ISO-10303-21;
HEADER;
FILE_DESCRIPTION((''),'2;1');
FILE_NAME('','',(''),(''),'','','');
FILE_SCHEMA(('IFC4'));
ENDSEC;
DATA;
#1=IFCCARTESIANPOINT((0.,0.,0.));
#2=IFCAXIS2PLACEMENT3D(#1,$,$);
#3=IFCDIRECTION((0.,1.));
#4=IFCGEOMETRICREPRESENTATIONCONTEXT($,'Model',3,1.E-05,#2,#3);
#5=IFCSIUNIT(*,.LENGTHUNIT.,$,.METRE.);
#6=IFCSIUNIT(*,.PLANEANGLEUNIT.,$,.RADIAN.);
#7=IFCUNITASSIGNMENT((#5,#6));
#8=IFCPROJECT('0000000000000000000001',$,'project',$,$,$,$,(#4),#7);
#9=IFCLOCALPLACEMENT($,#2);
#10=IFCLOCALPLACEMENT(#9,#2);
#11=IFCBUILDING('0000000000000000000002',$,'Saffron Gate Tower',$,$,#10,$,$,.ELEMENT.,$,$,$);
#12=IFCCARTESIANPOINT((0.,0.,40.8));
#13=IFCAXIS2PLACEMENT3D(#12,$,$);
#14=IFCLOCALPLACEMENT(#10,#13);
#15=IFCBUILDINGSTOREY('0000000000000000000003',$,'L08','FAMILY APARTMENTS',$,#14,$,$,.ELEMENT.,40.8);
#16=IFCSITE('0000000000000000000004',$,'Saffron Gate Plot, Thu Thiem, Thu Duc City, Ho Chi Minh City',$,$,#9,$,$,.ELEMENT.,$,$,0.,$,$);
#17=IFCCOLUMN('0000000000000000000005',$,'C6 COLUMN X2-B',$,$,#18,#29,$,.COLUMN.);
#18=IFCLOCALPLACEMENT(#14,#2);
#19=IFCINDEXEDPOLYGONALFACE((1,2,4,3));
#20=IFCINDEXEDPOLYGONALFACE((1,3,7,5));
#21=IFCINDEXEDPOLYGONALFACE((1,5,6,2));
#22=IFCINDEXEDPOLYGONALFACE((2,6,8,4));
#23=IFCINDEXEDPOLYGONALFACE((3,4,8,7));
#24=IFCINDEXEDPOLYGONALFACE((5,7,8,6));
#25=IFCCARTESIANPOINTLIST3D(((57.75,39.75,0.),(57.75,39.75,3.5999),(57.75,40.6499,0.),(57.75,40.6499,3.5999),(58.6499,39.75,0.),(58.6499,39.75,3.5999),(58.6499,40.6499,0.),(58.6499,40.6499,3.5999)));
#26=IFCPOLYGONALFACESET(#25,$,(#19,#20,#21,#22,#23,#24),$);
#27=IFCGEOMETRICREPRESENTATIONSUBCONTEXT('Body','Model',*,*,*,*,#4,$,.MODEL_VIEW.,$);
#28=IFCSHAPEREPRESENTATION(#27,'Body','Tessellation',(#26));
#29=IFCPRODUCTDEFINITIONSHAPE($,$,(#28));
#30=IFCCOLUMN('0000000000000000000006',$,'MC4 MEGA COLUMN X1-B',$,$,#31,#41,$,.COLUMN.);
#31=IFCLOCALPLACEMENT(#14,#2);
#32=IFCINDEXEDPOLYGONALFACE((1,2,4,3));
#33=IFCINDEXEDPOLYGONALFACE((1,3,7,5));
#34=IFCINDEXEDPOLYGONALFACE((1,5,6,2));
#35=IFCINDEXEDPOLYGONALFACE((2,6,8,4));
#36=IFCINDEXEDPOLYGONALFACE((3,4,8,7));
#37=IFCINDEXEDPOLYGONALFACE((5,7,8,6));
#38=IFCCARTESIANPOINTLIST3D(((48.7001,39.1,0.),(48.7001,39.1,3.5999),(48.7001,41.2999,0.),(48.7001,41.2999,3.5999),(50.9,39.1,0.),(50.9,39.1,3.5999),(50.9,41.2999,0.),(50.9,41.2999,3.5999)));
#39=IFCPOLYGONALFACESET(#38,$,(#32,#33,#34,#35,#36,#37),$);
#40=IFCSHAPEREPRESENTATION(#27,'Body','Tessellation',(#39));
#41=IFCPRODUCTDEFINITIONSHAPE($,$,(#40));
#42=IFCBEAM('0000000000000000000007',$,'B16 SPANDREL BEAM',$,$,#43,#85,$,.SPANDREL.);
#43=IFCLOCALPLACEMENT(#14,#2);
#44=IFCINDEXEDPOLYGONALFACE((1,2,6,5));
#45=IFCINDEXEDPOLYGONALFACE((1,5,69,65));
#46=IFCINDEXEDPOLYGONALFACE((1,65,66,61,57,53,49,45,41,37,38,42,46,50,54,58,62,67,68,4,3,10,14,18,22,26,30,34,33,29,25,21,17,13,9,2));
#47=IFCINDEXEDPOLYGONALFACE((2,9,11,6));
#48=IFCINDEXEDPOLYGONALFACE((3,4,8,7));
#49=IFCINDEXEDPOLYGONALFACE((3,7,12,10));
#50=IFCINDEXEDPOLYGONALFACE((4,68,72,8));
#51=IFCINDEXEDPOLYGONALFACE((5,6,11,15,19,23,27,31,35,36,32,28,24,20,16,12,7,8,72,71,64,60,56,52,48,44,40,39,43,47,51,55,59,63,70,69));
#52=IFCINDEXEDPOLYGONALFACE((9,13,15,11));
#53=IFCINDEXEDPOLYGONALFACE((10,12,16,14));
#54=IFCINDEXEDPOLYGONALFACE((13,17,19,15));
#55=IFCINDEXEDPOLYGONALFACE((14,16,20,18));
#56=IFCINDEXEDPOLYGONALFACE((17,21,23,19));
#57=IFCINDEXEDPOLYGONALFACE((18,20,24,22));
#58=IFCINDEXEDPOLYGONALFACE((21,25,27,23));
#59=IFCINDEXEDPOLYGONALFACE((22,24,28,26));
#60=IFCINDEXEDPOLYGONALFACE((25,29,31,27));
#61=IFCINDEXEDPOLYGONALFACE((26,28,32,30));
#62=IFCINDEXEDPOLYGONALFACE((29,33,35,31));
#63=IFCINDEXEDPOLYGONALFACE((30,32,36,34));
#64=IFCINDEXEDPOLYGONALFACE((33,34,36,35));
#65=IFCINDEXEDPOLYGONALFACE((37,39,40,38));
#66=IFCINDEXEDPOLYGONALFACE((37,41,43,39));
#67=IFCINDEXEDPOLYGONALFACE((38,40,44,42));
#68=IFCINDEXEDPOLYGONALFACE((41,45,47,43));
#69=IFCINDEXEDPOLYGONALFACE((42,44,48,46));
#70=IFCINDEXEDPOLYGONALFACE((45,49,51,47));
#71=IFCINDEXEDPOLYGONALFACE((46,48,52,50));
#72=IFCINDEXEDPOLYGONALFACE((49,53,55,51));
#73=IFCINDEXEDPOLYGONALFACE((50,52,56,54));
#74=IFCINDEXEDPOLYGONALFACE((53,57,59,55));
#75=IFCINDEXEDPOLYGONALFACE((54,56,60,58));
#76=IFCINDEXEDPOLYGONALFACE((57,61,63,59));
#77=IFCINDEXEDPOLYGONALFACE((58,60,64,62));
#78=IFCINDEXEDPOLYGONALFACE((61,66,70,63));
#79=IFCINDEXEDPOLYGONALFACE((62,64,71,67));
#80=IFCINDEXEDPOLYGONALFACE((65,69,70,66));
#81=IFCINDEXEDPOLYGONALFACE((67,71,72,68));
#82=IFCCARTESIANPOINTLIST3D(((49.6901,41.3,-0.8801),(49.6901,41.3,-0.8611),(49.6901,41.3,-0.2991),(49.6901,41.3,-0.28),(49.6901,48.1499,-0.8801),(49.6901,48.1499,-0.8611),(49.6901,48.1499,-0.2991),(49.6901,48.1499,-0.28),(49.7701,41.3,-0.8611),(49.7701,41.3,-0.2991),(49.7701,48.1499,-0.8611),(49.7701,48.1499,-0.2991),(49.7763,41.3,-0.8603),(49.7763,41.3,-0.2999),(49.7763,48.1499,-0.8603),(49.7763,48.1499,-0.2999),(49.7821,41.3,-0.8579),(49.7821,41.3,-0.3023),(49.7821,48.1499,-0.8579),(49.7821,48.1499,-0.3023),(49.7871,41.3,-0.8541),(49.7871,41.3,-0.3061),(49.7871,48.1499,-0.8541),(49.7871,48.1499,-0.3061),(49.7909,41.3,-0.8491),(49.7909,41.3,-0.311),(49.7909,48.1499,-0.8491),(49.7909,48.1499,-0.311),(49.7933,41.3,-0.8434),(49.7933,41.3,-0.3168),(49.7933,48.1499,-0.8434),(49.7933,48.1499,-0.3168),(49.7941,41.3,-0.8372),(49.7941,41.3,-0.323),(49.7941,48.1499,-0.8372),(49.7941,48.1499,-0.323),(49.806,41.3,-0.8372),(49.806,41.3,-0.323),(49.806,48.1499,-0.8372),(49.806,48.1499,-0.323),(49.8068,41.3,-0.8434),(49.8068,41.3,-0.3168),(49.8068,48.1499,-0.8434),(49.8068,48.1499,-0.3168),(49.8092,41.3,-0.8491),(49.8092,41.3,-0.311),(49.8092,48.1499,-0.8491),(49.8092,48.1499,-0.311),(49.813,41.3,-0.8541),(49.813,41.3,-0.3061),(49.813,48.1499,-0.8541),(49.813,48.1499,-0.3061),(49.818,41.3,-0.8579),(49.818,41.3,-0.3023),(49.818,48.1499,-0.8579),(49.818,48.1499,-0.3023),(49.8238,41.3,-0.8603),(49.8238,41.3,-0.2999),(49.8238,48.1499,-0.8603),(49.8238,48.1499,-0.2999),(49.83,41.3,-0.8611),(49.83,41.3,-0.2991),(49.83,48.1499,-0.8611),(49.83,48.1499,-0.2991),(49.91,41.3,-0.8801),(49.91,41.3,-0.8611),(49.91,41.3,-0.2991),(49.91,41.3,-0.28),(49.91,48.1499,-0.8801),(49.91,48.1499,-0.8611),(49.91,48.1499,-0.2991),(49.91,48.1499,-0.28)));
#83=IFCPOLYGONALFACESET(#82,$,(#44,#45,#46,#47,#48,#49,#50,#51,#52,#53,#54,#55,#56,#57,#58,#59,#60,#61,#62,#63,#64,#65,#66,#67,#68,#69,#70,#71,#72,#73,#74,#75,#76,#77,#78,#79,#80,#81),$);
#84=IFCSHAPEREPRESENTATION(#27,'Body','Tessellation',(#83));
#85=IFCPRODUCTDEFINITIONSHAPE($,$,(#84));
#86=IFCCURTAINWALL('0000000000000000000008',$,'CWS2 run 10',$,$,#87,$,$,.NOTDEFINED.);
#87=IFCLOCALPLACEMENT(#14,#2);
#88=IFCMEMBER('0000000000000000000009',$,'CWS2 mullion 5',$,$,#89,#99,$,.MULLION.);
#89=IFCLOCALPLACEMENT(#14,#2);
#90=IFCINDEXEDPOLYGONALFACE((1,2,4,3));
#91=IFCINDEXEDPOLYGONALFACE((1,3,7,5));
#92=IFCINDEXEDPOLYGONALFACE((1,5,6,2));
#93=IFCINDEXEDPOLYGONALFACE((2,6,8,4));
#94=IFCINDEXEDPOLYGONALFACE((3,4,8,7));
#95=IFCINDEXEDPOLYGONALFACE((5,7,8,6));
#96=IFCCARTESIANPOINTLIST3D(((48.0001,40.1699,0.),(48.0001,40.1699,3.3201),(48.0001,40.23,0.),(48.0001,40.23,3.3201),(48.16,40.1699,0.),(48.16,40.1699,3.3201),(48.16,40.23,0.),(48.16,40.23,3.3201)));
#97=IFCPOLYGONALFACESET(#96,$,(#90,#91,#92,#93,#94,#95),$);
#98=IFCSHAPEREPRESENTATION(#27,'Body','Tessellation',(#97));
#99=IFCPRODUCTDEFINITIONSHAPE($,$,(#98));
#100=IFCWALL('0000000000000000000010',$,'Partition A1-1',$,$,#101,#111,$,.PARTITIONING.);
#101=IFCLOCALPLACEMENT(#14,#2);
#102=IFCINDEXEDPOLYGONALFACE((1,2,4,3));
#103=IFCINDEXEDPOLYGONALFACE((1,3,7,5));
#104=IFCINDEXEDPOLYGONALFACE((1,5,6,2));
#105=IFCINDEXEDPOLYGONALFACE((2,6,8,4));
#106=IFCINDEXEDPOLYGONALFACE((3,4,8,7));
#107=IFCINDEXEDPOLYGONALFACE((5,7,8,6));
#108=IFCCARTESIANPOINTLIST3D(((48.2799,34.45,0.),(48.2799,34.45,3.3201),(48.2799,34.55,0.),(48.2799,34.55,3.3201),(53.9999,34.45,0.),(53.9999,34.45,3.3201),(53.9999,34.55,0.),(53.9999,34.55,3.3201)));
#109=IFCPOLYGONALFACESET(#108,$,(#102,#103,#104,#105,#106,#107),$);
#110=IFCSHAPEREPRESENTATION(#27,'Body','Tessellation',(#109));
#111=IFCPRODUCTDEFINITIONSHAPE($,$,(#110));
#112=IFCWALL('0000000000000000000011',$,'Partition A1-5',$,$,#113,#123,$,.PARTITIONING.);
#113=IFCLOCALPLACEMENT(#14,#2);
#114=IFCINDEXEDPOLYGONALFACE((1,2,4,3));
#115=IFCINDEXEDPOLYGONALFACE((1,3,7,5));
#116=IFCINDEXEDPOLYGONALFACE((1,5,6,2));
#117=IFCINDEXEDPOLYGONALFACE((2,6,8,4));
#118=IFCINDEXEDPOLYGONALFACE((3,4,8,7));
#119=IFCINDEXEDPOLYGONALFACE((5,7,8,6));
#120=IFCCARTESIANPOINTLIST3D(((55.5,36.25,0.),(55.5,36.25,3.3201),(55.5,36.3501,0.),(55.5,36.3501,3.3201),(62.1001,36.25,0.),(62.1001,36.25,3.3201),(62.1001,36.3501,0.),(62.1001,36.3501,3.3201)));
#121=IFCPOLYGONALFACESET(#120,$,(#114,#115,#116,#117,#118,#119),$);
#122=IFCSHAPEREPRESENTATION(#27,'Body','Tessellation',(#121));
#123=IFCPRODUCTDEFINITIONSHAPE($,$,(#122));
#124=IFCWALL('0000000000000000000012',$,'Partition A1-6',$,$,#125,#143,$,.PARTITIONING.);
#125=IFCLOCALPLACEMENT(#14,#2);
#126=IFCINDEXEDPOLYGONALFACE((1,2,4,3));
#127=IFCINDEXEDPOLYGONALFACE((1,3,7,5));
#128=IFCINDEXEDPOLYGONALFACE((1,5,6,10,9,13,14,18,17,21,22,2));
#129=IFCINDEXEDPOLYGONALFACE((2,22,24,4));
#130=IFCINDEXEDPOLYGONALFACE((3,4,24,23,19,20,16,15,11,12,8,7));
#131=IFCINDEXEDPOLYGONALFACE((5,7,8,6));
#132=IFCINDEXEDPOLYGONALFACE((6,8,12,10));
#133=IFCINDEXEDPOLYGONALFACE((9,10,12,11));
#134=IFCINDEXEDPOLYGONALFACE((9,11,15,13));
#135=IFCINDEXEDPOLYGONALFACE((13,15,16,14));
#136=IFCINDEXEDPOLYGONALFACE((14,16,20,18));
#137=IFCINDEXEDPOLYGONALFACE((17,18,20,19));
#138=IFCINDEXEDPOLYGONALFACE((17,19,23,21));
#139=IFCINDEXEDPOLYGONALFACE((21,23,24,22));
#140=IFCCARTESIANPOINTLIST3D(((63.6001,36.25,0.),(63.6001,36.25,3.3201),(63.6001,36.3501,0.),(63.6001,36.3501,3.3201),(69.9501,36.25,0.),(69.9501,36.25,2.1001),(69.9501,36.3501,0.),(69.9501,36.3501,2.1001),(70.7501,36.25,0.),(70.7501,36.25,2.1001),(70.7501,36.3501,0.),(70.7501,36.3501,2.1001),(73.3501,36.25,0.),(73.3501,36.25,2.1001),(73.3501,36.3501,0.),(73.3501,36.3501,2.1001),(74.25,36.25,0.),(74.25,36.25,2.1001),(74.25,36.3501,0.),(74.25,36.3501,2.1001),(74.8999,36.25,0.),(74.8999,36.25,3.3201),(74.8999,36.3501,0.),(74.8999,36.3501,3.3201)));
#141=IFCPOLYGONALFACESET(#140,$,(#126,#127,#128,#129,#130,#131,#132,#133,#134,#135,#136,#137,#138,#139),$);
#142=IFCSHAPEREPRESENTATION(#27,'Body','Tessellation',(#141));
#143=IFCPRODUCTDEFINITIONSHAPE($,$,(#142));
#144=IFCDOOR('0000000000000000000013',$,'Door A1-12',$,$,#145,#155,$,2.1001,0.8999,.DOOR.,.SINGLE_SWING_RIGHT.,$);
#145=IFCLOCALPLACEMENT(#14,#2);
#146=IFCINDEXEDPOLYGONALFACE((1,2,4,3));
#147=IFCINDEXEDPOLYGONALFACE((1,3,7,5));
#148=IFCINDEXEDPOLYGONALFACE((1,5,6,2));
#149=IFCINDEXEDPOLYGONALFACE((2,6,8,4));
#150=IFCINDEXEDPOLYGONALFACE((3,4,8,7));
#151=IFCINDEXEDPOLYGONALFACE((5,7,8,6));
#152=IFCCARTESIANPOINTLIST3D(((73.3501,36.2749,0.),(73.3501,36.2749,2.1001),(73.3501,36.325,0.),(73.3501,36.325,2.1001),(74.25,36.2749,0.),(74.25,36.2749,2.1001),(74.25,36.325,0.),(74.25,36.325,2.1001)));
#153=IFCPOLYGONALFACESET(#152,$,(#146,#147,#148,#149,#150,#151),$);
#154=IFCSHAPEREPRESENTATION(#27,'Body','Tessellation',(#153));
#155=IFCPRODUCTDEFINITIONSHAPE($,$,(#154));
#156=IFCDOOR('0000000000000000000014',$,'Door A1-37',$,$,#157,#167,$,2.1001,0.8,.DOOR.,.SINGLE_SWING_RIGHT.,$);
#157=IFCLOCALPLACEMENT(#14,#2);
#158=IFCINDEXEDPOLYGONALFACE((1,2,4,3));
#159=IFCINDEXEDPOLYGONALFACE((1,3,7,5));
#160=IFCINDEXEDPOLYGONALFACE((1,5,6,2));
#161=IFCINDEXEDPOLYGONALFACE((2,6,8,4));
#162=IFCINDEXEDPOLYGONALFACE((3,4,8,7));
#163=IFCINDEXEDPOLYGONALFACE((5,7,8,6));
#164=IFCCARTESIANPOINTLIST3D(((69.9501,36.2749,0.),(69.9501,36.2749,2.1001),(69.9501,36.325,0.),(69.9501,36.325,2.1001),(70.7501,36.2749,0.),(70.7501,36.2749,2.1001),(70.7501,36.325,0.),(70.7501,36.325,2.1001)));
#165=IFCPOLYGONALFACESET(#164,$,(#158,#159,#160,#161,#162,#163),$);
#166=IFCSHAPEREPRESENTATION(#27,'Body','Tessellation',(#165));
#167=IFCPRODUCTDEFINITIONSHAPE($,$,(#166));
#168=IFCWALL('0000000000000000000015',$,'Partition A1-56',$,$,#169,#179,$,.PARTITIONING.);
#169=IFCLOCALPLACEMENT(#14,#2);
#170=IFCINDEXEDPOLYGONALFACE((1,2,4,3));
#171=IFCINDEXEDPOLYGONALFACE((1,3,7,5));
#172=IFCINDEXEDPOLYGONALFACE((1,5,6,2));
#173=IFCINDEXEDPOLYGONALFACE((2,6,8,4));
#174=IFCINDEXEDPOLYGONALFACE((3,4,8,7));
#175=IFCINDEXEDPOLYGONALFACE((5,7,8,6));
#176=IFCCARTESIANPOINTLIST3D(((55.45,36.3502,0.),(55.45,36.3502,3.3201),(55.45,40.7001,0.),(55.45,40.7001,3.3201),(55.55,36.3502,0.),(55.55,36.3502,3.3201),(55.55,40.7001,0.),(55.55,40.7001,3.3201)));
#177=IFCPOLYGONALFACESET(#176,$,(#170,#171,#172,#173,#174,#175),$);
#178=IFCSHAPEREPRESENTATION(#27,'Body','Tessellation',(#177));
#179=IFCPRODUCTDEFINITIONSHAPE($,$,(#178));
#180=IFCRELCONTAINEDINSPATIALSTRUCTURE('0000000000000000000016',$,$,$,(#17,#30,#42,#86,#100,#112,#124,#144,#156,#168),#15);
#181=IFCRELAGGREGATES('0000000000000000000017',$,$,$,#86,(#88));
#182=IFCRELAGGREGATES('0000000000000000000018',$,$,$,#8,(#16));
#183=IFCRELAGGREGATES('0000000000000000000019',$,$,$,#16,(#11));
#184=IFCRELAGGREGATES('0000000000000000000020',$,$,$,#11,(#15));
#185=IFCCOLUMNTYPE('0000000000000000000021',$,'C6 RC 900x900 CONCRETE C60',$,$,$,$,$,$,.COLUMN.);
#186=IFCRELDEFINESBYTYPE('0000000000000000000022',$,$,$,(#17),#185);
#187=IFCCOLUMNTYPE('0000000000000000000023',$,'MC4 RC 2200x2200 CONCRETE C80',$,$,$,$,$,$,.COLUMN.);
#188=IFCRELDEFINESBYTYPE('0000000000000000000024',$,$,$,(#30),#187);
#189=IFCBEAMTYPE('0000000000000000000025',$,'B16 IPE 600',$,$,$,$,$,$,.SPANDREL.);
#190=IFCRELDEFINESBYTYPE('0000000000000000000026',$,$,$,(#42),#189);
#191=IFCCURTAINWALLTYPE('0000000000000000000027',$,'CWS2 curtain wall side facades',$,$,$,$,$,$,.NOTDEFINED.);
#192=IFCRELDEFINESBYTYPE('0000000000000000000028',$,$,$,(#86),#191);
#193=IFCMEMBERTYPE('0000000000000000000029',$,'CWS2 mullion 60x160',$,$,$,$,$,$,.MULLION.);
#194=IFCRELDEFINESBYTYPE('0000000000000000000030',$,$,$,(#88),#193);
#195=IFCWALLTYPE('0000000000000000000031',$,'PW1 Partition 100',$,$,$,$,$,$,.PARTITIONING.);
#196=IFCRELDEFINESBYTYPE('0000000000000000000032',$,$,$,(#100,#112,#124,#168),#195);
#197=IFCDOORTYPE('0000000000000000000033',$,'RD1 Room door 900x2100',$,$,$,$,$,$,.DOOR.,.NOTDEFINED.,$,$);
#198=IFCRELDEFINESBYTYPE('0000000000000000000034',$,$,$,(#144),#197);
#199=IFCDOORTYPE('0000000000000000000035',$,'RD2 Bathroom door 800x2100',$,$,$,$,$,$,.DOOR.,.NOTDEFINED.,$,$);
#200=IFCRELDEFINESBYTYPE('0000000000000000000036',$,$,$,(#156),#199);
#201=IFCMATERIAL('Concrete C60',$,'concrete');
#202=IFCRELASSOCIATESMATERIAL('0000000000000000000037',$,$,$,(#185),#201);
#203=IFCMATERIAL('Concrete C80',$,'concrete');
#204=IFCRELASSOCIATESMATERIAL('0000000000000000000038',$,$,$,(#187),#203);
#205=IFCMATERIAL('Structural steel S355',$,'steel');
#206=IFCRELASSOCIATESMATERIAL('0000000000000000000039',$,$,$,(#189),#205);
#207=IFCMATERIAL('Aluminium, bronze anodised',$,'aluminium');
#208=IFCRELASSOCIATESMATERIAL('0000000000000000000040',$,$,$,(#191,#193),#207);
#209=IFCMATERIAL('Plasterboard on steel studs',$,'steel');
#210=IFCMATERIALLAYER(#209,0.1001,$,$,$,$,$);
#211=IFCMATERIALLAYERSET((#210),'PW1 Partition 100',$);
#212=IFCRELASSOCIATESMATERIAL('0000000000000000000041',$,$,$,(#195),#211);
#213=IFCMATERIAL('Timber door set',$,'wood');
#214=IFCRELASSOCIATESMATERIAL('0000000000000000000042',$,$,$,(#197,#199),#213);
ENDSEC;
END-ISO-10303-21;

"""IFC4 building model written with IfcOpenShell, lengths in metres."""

from ifc_helpers import new_model, si_unit, direction, frame, frame_2d, origin, origin_2d, place, context, subcontext, project, spatial, rectangle, i_section, extrude, material, layer, layer_set, material_profile, profile_set, type_object, element, fill, aggregate, save


model = new_model("IFC4")

# Units and contexts
model_context = context("Model", 3, precision=1e-05, world=origin(), true_north=direction((0.0, 1.0)))
body_context = subcontext(model_context, "Body", "Model", "MODEL_VIEW")
ifc_project = project(units=[si_unit("LENGTHUNIT", "METRE"), si_unit("PLANEANGLEUNIT", "RADIAN")], contexts=[model_context])

# Site, building, storey
site_placement = place(None, origin())
site = spatial("IfcSite", under=ifc_project, at=site_placement, Name="Saffron Gate Plot, Thu Thiem, Thu Duc City, Ho Chi Minh City", CompositionType="ELEMENT", RefElevation=0.0)
building_placement = place(site_placement, origin())
building = spatial("IfcBuilding", under=site, at=building_placement, Name="Saffron Gate Tower", CompositionType="ELEMENT")
storey_placement = place(building_placement, frame((0.0, 0.0, 40.8)))
storey = spatial("IfcBuildingStorey", under=building, at=storey_placement, Name="L08", Description="FAMILY APARTMENTS", CompositionType="ELEMENT", Elevation=40.8)

# Columns
ifc_material_1 = material(Name="Concrete C60", Category="concrete")
ifc_material_profile_1 = material_profile(ifc_material_1, rectangle(XDim=0.8999, YDim=0.8999, at=origin_2d()))
ifc_profile_set_1 = profile_set([ifc_material_profile_1], Name="Concrete C60")
column_type_1 = type_object("IfcColumnType", Name="C6 RC 900x900 CONCRETE C60", PredefinedType="COLUMN", material=ifc_profile_set_1)
column_1_placement = place(storey_placement, frame((58.2, 40.2, 0.0), z_axis=(0.0, 0.0, 1.0), x_axis=(1.0, 0.0, 0.0)))
element("IfcColumn", 1, at=column_1_placement, inside=storey, type_object=column_type_1, Name="C6 COLUMN X2-B", PredefinedType="COLUMN", context=body_context, shape_type="SweptSolid", body=[
    extrude(rectangle(XDim=0.8999, YDim=0.8999, at=origin_2d()), origin(), (0.0, 0.0, 1.0), 3.5999),
])
ifc_material_2 = material(Name="Concrete C80", Category="concrete")
ifc_material_profile_2 = material_profile(ifc_material_2, rectangle(XDim=2.2, YDim=2.2, at=origin_2d()))
ifc_profile_set_2 = profile_set([ifc_material_profile_2], Name="Concrete C80")
column_type_2 = type_object("IfcColumnType", Name="MC4 RC 2200x2200 CONCRETE C80", PredefinedType="COLUMN", material=ifc_profile_set_2)
column_2_placement = place(storey_placement, frame((49.8, 40.2, 0.0), z_axis=(0.0, 0.0, 1.0), x_axis=(1.0, 0.0, 0.0)))
element("IfcColumn", 2, at=column_2_placement, inside=storey, type_object=column_type_2, Name="MC4 MEGA COLUMN X1-B", PredefinedType="COLUMN", context=body_context, shape_type="SweptSolid", body=[
    extrude(rectangle(XDim=2.2, YDim=2.2, at=origin_2d()), origin(), (0.0, 0.0, 1.0), 3.5999),
])

# Beam
ifc_material_3 = material(Name="Structural steel S355", Category="steel")
ifc_material_profile_3 = material_profile(ifc_material_3, i_section(OverallWidth=0.22, OverallDepth=0.6001, WebThickness=0.012, FlangeThickness=0.019, FilletRadius=0.0239, at=origin_2d()))
ifc_profile_set_3 = profile_set([ifc_material_profile_3], Name="Structural steel S355")
beam_type = type_object("IfcBeamType", Name="B16 IPE 600", PredefinedType="SPANDREL", material=ifc_profile_set_3)
beam_placement = place(storey_placement, frame((49.8, 41.3, -0.5801), z_axis=(0.0, 1.0, 0.0), x_axis=(-1.0, 0.0, 0.0)))
element("IfcBeam", 3, at=beam_placement, inside=storey, type_object=beam_type, Name="B16 SPANDREL BEAM", PredefinedType="SPANDREL", context=body_context, shape_type="SweptSolid", body=[
    extrude(i_section(OverallWidth=0.22, OverallDepth=0.6001, WebThickness=0.012, FlangeThickness=0.019, FilletRadius=0.0239, at=origin_2d()), origin(), (0.0, 0.0, 1.0), 6.8499),
])

# Curtain wall, member
ifc_material_4 = material(Name="Aluminium, bronze anodised", Category="aluminium")
curtain_wall_type = type_object("IfcCurtainWallType", Name="CWS2 curtain wall side facades", PredefinedType="NOTDEFINED", material=ifc_material_4)
curtain_wall_placement = place(storey_placement, origin())
curtain_wall = element("IfcCurtainWall", 4, at=curtain_wall_placement, inside=storey, type_object=curtain_wall_type, Name="CWS2 run 10", PredefinedType="NOTDEFINED")
ifc_material_profile_4 = material_profile(ifc_material_4, rectangle(XDim=0.1599, YDim=0.0601, at=origin_2d()))
ifc_profile_set_4 = profile_set([ifc_material_profile_4], Name="Aluminium, bronze anodised")
member_type = type_object("IfcMemberType", Name="CWS2 mullion 60x160", PredefinedType="MULLION", material=ifc_profile_set_4)
member_placement = place(storey_placement, frame((48.0801, 40.2, 0.0), z_axis=(0.0, 0.0, 1.0), x_axis=(1.0, 0.0, 0.0)))
member = element("IfcMember", 5, at=member_placement, type_object=member_type, Name="CWS2 mullion 5", PredefinedType="MULLION", context=body_context, shape_type="SweptSolid", body=[
    extrude(rectangle(XDim=0.1599, YDim=0.0601, at=origin_2d()), origin(), (0.0, 0.0, 1.0), 3.3201),
])
aggregate(curtain_wall, [member])

# Walls
ifc_material_5 = material(Name="Plasterboard on steel studs", Category="steel")
ifc_layer_1 = layer(ifc_material_5, 0.1001)
ifc_layer_set_1 = layer_set([ifc_layer_1], Name="PW1 Partition 100")
wall_type_1 = type_object("IfcWallType", Name="PW1 Partition 100", PredefinedType="PARTITIONING", material=ifc_layer_set_1)
wall_1_placement = place(storey_placement, frame((48.28, 34.5, 0.0), z_axis=(0.0, 0.0, 1.0), x_axis=(1.0, 0.0, 0.0)))
element("IfcWall", 6, at=wall_1_placement, inside=storey, type_object=wall_type_1, Name="Partition A1-1", PredefinedType="PARTITIONING", context=body_context, shape_type="SweptSolid", body=[
    extrude(rectangle(XDim=5.72, YDim=0.1001, at=frame_2d((2.8599, 0.0))), origin(), (0.0, 0.0, 1.0), 3.3201),
])
wall_2_placement = place(storey_placement, frame((55.5, 36.3, 0.0), z_axis=(0.0, 0.0, 1.0), x_axis=(1.0, 0.0, 0.0)))
element("IfcWall", 7, at=wall_2_placement, inside=storey, type_object=wall_type_1, Name="Partition A1-5", PredefinedType="PARTITIONING", context=body_context, shape_type="SweptSolid", body=[
    extrude(rectangle(XDim=6.6001, YDim=0.1001, at=frame_2d((3.3, 0.0))), origin(), (0.0, 0.0, 1.0), 3.3201),
])

# Wall, openings, doors
wall_3_placement = place(storey_placement, frame((63.6001, 36.3, 0.0), z_axis=(0.0, 0.0, 1.0), x_axis=(1.0, 0.0, 0.0)))
wall_3 = element("IfcWall", 8, at=wall_3_placement, inside=storey, type_object=wall_type_1, Name="Partition A1-6", PredefinedType="PARTITIONING", context=body_context, shape_type="SweptSolid", body=[
    extrude(rectangle(XDim=11.2998, YDim=0.1001, at=frame_2d((5.6499, 0.0))), origin(), (0.0, 0.0, 1.0), 3.3201),
])
opening_1_placement = place(wall_3_placement, frame((6.3501, 0.0, 0.0)))
opening_1 = element("IfcOpeningElement", 9, at=opening_1_placement, cuts=wall_3, PredefinedType="OPENING", context=body_context, shape_type="SweptSolid", body=[
    extrude(rectangle(XDim=0.8, YDim=2.1001, at=frame_2d((0.3999, 1.05))), frame((0.0, 0.0601, 0.0), z_axis=(0.0, -1.0, 0.0), x_axis=(1.0, 0.0, 0.0)), (0.0, 0.0, 1.0), 0.1201),
])
opening_2_placement = place(wall_3_placement, frame((9.75, 0.0, 0.0)))
opening_2 = element("IfcOpeningElement", 10, at=opening_2_placement, cuts=wall_3, PredefinedType="OPENING", context=body_context, shape_type="SweptSolid", body=[
    extrude(rectangle(XDim=0.8999, YDim=2.1001, at=frame_2d((0.45, 1.05))), frame((0.0, 0.0601, 0.0), z_axis=(0.0, -1.0, 0.0), x_axis=(1.0, 0.0, 0.0)), (0.0, 0.0, 1.0), 0.1201),
])
ifc_material_6 = material(Name="Timber door set", Category="wood")
door_type_1 = type_object("IfcDoorType", Name="RD1 Room door 900x2100", OperationType="NOTDEFINED", PredefinedType="DOOR", material=ifc_material_6)
door_1_placement = place(opening_2_placement, origin())
door_1 = element("IfcDoor", 11, at=door_1_placement, inside=storey, type_object=door_type_1, Name="Door A1-12", OperationType="SINGLE_SWING_RIGHT", OverallHeight=2.1001, OverallWidth=0.8999, PredefinedType="DOOR", context=body_context, shape_type="SweptSolid", body=[
    extrude(rectangle(XDim=0.8999, YDim=2.1001, at=frame_2d((0.45, 1.05))), frame((0.0, 0.0249, 0.0), z_axis=(0.0, -1.0, 0.0), x_axis=(1.0, 0.0, 0.0)), (0.0, 0.0, 1.0), 0.05),
])
fill(opening_2, door_1)
door_type_2 = type_object("IfcDoorType", Name="RD2 Bathroom door 800x2100", OperationType="NOTDEFINED", PredefinedType="DOOR", material=ifc_material_6)
door_2_placement = place(opening_1_placement, origin())
door_2 = element("IfcDoor", 12, at=door_2_placement, inside=storey, type_object=door_type_2, Name="Door A1-37", OperationType="SINGLE_SWING_RIGHT", OverallHeight=2.1001, OverallWidth=0.8, PredefinedType="DOOR", context=body_context, shape_type="SweptSolid", body=[
    extrude(rectangle(XDim=0.8, YDim=2.1001, at=frame_2d((0.3999, 1.05))), frame((0.0, 0.0249, 0.0), z_axis=(0.0, -1.0, 0.0), x_axis=(1.0, 0.0, 0.0)), (0.0, 0.0, 1.0), 0.05),
])
fill(opening_1, door_2)

# Wall
wall_4_placement = place(storey_placement, frame((55.5, 40.7, 0.0), z_axis=(0.0, 0.0, 1.0), x_axis=(0.0, -1.0, 0.0)))
element("IfcWall", 13, at=wall_4_placement, inside=storey, type_object=wall_type_1, Name="Partition A1-56", PredefinedType="PARTITIONING", context=body_context, shape_type="SweptSolid", body=[
    extrude(rectangle(XDim=4.3499, YDim=0.1001, at=frame_2d((2.1748, 0.0))), origin(), (0.0, 0.0, 1.0), 3.3201),
])

save(model, "model.ifc")
